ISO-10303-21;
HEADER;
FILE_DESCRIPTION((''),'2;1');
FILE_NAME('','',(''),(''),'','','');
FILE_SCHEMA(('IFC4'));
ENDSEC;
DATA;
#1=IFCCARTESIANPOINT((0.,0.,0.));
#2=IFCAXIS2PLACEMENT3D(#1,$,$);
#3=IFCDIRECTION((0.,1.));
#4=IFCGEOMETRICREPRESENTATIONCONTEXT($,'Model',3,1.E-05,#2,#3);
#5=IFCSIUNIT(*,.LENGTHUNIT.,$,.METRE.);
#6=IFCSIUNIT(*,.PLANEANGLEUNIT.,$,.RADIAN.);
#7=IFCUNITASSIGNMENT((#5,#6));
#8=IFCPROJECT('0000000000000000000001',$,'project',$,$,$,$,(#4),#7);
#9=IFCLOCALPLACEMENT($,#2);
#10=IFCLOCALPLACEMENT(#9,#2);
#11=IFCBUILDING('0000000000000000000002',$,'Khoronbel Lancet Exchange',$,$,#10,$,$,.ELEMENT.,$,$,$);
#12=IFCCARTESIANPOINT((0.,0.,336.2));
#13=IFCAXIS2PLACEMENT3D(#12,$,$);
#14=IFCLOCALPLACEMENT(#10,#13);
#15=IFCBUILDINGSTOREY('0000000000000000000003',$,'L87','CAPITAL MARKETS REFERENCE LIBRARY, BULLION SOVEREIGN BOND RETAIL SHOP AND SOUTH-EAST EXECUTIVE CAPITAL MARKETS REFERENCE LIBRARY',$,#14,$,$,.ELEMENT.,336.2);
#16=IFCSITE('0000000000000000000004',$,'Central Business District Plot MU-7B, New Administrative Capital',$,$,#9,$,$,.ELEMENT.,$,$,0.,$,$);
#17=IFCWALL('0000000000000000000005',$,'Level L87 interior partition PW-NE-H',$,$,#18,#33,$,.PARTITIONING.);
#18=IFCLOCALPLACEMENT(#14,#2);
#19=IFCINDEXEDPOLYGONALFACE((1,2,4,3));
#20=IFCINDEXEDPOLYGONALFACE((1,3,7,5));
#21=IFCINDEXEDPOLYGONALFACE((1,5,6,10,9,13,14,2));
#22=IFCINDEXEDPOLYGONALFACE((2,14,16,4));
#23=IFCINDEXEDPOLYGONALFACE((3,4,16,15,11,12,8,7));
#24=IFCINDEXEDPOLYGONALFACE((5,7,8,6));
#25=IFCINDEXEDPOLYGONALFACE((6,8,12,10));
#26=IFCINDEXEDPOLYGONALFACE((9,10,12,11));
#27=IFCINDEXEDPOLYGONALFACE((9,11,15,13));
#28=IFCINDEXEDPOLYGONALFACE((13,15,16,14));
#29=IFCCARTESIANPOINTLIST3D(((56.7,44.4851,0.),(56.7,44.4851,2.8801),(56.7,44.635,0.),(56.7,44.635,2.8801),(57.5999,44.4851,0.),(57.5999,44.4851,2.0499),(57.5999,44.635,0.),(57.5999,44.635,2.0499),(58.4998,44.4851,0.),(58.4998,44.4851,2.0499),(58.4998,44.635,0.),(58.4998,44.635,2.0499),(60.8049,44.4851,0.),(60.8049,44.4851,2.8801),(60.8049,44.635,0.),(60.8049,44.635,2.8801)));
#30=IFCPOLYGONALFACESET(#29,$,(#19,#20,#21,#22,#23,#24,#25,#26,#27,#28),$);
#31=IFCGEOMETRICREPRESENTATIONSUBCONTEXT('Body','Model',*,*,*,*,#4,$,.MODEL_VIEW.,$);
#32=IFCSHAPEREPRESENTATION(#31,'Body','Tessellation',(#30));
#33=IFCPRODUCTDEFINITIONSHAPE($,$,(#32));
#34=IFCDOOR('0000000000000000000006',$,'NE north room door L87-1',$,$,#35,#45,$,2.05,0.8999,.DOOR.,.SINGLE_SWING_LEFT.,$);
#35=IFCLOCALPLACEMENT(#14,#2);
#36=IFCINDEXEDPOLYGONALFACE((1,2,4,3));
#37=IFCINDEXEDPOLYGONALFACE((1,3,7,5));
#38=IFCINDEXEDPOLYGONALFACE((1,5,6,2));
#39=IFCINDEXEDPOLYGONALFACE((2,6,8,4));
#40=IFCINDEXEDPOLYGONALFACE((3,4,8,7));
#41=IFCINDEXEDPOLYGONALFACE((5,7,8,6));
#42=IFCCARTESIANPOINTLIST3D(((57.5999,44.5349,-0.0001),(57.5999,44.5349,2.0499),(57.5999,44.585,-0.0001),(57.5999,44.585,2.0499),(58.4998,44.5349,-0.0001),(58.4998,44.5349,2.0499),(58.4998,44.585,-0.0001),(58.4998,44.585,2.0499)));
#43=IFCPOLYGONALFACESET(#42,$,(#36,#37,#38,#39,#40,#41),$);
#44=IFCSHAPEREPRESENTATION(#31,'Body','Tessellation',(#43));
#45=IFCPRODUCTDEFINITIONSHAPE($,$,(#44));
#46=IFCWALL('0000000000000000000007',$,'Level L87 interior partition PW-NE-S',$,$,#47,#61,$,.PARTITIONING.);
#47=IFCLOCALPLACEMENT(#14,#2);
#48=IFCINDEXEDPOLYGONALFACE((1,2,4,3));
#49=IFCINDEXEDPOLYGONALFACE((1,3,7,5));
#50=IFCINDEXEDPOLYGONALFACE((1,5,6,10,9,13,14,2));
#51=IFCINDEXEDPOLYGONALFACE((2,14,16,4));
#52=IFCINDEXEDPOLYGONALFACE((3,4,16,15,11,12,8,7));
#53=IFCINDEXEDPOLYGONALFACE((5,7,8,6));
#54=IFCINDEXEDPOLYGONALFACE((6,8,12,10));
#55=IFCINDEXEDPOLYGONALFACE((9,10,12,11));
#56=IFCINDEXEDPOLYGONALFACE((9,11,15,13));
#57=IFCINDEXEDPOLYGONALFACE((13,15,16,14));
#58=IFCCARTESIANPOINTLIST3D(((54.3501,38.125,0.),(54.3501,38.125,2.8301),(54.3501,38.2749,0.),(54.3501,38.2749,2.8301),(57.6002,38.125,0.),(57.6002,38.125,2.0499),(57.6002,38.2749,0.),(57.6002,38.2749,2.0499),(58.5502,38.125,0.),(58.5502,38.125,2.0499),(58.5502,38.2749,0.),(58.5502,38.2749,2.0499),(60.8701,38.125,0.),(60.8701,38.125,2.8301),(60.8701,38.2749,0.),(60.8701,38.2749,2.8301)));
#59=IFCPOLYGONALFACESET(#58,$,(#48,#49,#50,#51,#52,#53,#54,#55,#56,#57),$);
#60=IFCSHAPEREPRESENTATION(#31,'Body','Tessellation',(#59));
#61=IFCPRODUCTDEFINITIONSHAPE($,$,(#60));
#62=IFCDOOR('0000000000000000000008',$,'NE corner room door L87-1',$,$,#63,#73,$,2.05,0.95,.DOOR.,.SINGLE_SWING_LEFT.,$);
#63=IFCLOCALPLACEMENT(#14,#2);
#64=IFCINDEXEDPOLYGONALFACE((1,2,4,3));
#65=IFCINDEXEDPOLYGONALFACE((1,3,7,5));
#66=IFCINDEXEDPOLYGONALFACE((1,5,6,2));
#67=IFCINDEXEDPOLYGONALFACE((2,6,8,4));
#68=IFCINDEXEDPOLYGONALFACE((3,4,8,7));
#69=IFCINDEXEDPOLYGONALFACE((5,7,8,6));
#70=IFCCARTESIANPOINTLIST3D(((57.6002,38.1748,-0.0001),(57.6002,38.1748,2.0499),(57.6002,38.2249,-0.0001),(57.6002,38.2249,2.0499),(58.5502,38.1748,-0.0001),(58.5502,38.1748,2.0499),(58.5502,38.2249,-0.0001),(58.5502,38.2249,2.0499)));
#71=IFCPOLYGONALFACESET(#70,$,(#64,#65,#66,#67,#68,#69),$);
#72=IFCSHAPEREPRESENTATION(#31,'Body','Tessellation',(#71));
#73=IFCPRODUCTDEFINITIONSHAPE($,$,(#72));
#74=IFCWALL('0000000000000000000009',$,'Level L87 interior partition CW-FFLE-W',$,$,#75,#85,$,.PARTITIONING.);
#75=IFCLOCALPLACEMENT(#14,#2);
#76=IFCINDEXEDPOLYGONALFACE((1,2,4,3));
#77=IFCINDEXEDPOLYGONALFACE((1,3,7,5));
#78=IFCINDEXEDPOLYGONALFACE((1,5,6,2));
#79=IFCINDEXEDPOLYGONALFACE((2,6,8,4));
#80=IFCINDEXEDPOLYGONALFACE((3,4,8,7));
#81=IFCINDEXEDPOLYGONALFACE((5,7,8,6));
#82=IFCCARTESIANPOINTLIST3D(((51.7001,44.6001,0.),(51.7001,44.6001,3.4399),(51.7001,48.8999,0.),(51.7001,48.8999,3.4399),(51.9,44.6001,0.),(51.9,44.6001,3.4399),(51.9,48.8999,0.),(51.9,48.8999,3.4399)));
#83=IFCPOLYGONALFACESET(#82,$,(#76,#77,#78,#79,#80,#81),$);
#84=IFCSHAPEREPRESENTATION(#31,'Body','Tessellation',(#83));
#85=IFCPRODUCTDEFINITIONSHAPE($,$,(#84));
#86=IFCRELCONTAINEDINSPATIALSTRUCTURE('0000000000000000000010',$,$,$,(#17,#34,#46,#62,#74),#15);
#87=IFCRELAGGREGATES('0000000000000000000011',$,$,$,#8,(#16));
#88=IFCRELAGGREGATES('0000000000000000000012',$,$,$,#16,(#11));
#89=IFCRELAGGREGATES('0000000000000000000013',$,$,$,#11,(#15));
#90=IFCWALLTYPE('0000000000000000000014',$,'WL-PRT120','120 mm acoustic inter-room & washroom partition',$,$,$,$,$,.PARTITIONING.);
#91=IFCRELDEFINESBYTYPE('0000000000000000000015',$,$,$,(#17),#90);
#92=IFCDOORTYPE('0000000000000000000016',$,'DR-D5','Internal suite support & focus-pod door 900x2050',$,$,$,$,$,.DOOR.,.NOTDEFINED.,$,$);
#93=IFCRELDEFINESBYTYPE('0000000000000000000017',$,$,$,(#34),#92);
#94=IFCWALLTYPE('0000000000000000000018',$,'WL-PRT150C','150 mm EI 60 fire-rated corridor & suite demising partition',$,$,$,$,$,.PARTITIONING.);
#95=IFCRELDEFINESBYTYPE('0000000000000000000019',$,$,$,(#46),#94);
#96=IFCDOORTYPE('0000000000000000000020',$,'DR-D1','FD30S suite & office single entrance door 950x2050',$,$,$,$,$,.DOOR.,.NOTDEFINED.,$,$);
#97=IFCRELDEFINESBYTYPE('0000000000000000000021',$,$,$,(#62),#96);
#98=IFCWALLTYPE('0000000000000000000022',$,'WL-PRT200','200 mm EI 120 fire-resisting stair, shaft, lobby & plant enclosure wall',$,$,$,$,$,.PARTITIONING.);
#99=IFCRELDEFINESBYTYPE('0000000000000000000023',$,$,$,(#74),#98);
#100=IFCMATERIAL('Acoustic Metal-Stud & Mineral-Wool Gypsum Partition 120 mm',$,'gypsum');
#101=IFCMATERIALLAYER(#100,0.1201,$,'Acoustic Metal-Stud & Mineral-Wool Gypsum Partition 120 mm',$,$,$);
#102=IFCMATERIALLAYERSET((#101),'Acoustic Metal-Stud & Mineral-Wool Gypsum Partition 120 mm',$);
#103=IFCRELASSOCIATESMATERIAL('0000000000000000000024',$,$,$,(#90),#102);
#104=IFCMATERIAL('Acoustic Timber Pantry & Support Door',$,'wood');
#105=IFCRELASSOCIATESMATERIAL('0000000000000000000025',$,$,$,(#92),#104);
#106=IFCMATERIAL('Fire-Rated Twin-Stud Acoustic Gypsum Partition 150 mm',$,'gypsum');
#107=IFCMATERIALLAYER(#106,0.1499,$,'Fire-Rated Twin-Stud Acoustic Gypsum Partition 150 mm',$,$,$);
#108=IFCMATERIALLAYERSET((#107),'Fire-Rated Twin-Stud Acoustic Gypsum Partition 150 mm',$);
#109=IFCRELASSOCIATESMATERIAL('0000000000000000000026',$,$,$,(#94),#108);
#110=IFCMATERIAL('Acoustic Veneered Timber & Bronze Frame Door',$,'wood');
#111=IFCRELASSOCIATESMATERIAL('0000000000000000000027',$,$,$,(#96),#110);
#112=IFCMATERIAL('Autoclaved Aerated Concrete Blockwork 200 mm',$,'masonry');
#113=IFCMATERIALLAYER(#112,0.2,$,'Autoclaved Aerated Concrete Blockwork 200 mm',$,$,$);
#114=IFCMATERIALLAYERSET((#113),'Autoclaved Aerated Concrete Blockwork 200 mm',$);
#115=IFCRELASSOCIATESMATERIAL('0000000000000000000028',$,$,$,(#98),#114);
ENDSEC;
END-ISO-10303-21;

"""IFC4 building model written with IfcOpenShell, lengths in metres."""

from ifc_helpers import new_model, si_unit, direction, frame, frame_2d, origin, place, context, subcontext, project, spatial, rectangle, extrude, material, layer, layer_set, type_object, element, fill, save


model = new_model("IFC4")

# Units and contexts
model_context = context("Model", 3, precision=1e-05, world=origin(), true_north=direction((0.0, 1.0)))
body_context = subcontext(model_context, "Body", "Model", "MODEL_VIEW")
ifc_project = project(units=[si_unit("LENGTHUNIT", "METRE"), si_unit("PLANEANGLEUNIT", "RADIAN")], contexts=[model_context])

# Site, building, storey
site_placement = place(None, origin())
site = spatial("IfcSite", under=ifc_project, at=site_placement, Name="Central Business District Plot MU-7B, New Administrative Capital", CompositionType="ELEMENT", RefElevation=0.0)
building_placement = place(site_placement, origin())
building = spatial("IfcBuilding", under=site, at=building_placement, Name="Khoronbel Lancet Exchange", CompositionType="ELEMENT")
storey_placement = place(building_placement, frame((0.0, 0.0, 336.2)))
storey = spatial("IfcBuildingStorey", under=building, at=storey_placement, Name="L87", Description="CAPITAL MARKETS REFERENCE LIBRARY, BULLION SOVEREIGN BOND RETAIL SHOP AND SOUTH-EAST EXECUTIVE CAPITAL MARKETS REFERENCE LIBRARY", CompositionType="ELEMENT", Elevation=336.2)

# Shared definitions
ifc_material_1 = material(Name="Acoustic Metal-Stud & Mineral-Wool Gypsum Partition 120 mm", Category="gypsum")
ifc_layer_1 = layer(ifc_material_1, 0.1201, Name="Acoustic Metal-Stud & Mineral-Wool Gypsum Partition 120 mm")
ifc_layer_set_1 = layer_set([ifc_layer_1], Name="Acoustic Metal-Stud & Mineral-Wool Gypsum Partition 120 mm")
wall_type_1 = type_object("IfcWallType", Name="WL-PRT120", Description="120 mm acoustic inter-room & washroom partition", PredefinedType="PARTITIONING", material=ifc_layer_set_1)

# Walls, openings, doors
wall_1_placement = place(storey_placement, frame((56.7, 44.5601, 0.0), z_axis=(0.0, 0.0, 1.0), x_axis=(1.0, 0.0, 0.0)))
wall_1 = element("IfcWall", 1, at=wall_1_placement, inside=storey, type_object=wall_type_1, Name="Level L87 interior partition PW-NE-H", PredefinedType="PARTITIONING", context=body_context, shape_type="SweptSolid", body=[
    extrude(rectangle(XDim=4.105, YDim=0.1499, at=frame_2d((2.0525, 0.0))), origin(), (0.0, 0.0, 1.0), 2.8801),
])
opening_1_placement = place(wall_1_placement, frame((0.8999, 0.0, 0.0)))
opening_1 = element("IfcOpeningElement", 2, at=opening_1_placement, cuts=wall_1, PredefinedType="OPENING", context=body_context, shape_type="SweptSolid", body=[
    extrude(rectangle(XDim=0.8999, YDim=2.05, at=frame_2d((0.45, 1.0249))), frame((0.0, 0.085, 0.0), z_axis=(0.0, -1.0, 0.0), x_axis=(1.0, 0.0, 0.0)), (0.0, 0.0, 1.0), 0.1699),
])
ifc_material_2 = material(Name="Acoustic Timber Pantry & Support Door", Category="wood")
door_type_1 = type_object("IfcDoorType", Name="DR-D5", Description="Internal suite support & focus-pod door 900x2050", OperationType="NOTDEFINED", PredefinedType="DOOR", material=ifc_material_2)
door_1_placement = place(opening_1_placement, origin())
door_1 = element("IfcDoor", 3, at=door_1_placement, inside=storey, type_object=door_type_1, Name="NE north room door L87-1", OperationType="SINGLE_SWING_LEFT", OverallHeight=2.05, OverallWidth=0.8999, PredefinedType="DOOR", context=body_context, shape_type="SweptSolid", body=[
    extrude(rectangle(XDim=0.8999, YDim=2.05, at=frame_2d((0.45, 1.0249))), frame((0.0, 0.0249, 0.0), z_axis=(0.0, -1.0, 0.0), x_axis=(1.0, 0.0, 0.0)), (0.0, 0.0, 1.0), 0.05),
])
fill(opening_1, door_1)
ifc_material_3 = material(Name="Fire-Rated Twin-Stud Acoustic Gypsum Partition 150 mm", Category="gypsum")
ifc_layer_2 = layer(ifc_material_3, 0.1499, Name="Fire-Rated Twin-Stud Acoustic Gypsum Partition 150 mm")
ifc_layer_set_2 = layer_set([ifc_layer_2], Name="Fire-Rated Twin-Stud Acoustic Gypsum Partition 150 mm")
wall_type_2 = type_object("IfcWallType", Name="WL-PRT150C", Description="150 mm EI 60 fire-rated corridor & suite demising partition", PredefinedType="PARTITIONING", material=ifc_layer_set_2)
wall_2_placement = place(storey_placement, frame((54.3501, 38.2, 0.0), z_axis=(0.0, 0.0, 1.0), x_axis=(1.0, 0.0, 0.0)))
wall_2 = element("IfcWall", 4, at=wall_2_placement, inside=storey, type_object=wall_type_2, Name="Level L87 interior partition PW-NE-S", PredefinedType="PARTITIONING", context=body_context, shape_type="SweptSolid", body=[
    extrude(rectangle(XDim=6.52, YDim=0.1499, at=frame_2d((3.26, 0.0))), origin(), (0.0, 0.0, 1.0), 2.8301),
])
opening_2_placement = place(wall_2_placement, frame((3.25, 0.0, 0.0)))
opening_2 = element("IfcOpeningElement", 5, at=opening_2_placement, cuts=wall_2, PredefinedType="OPENING", context=body_context, shape_type="SweptSolid", body=[
    extrude(rectangle(XDim=0.95, YDim=2.05, at=frame_2d((0.4751, 1.0249))), frame((0.0, 0.085, 0.0), z_axis=(0.0, -1.0, 0.0), x_axis=(1.0, 0.0, 0.0)), (0.0, 0.0, 1.0), 0.1699),
])
ifc_material_4 = material(Name="Acoustic Veneered Timber & Bronze Frame Door", Category="wood")
door_type_2 = type_object("IfcDoorType", Name="DR-D1", Description="FD30S suite & office single entrance door 950x2050", OperationType="NOTDEFINED", PredefinedType="DOOR", material=ifc_material_4)
door_2_placement = place(opening_2_placement, origin())
door_2 = element("IfcDoor", 6, at=door_2_placement, inside=storey, type_object=door_type_2, Name="NE corner room door L87-1", OperationType="SINGLE_SWING_LEFT", OverallHeight=2.05, OverallWidth=0.95, PredefinedType="DOOR", context=body_context, shape_type="SweptSolid", body=[
    extrude(rectangle(XDim=0.95, YDim=2.05, at=frame_2d((0.4751, 1.0249))), frame((0.0, 0.0249, 0.0), z_axis=(0.0, -1.0, 0.0), x_axis=(1.0, 0.0, 0.0)), (0.0, 0.0, 1.0), 0.05),
])
fill(opening_2, door_2)

# Wall
ifc_material_5 = material(Name="Autoclaved Aerated Concrete Blockwork 200 mm", Category="masonry")
ifc_layer_3 = layer(ifc_material_5, 0.2, Name="Autoclaved Aerated Concrete Blockwork 200 mm")
ifc_layer_set_3 = layer_set([ifc_layer_3], Name="Autoclaved Aerated Concrete Blockwork 200 mm")
wall_type_3 = type_object("IfcWallType", Name="WL-PRT200", Description="200 mm EI 120 fire-resisting stair, shaft, lobby & plant enclosure wall", PredefinedType="PARTITIONING", material=ifc_layer_set_3)
wall_3_placement = place(storey_placement, frame((51.8, 44.6001, 0.0), z_axis=(0.0, 0.0, 1.0), x_axis=(0.0, 1.0, 0.0)))
element("IfcWall", 7, at=wall_3_placement, inside=storey, type_object=wall_type_3, Name="Level L87 interior partition CW-FFLE-W", PredefinedType="PARTITIONING", context=body_context, shape_type="SweptSolid", body=[
    extrude(rectangle(XDim=4.2998, YDim=0.2, at=frame_2d((2.1499, 0.0))), origin(), (0.0, 0.0, 1.0), 3.4399),
])

save(model, "model.ifc")
